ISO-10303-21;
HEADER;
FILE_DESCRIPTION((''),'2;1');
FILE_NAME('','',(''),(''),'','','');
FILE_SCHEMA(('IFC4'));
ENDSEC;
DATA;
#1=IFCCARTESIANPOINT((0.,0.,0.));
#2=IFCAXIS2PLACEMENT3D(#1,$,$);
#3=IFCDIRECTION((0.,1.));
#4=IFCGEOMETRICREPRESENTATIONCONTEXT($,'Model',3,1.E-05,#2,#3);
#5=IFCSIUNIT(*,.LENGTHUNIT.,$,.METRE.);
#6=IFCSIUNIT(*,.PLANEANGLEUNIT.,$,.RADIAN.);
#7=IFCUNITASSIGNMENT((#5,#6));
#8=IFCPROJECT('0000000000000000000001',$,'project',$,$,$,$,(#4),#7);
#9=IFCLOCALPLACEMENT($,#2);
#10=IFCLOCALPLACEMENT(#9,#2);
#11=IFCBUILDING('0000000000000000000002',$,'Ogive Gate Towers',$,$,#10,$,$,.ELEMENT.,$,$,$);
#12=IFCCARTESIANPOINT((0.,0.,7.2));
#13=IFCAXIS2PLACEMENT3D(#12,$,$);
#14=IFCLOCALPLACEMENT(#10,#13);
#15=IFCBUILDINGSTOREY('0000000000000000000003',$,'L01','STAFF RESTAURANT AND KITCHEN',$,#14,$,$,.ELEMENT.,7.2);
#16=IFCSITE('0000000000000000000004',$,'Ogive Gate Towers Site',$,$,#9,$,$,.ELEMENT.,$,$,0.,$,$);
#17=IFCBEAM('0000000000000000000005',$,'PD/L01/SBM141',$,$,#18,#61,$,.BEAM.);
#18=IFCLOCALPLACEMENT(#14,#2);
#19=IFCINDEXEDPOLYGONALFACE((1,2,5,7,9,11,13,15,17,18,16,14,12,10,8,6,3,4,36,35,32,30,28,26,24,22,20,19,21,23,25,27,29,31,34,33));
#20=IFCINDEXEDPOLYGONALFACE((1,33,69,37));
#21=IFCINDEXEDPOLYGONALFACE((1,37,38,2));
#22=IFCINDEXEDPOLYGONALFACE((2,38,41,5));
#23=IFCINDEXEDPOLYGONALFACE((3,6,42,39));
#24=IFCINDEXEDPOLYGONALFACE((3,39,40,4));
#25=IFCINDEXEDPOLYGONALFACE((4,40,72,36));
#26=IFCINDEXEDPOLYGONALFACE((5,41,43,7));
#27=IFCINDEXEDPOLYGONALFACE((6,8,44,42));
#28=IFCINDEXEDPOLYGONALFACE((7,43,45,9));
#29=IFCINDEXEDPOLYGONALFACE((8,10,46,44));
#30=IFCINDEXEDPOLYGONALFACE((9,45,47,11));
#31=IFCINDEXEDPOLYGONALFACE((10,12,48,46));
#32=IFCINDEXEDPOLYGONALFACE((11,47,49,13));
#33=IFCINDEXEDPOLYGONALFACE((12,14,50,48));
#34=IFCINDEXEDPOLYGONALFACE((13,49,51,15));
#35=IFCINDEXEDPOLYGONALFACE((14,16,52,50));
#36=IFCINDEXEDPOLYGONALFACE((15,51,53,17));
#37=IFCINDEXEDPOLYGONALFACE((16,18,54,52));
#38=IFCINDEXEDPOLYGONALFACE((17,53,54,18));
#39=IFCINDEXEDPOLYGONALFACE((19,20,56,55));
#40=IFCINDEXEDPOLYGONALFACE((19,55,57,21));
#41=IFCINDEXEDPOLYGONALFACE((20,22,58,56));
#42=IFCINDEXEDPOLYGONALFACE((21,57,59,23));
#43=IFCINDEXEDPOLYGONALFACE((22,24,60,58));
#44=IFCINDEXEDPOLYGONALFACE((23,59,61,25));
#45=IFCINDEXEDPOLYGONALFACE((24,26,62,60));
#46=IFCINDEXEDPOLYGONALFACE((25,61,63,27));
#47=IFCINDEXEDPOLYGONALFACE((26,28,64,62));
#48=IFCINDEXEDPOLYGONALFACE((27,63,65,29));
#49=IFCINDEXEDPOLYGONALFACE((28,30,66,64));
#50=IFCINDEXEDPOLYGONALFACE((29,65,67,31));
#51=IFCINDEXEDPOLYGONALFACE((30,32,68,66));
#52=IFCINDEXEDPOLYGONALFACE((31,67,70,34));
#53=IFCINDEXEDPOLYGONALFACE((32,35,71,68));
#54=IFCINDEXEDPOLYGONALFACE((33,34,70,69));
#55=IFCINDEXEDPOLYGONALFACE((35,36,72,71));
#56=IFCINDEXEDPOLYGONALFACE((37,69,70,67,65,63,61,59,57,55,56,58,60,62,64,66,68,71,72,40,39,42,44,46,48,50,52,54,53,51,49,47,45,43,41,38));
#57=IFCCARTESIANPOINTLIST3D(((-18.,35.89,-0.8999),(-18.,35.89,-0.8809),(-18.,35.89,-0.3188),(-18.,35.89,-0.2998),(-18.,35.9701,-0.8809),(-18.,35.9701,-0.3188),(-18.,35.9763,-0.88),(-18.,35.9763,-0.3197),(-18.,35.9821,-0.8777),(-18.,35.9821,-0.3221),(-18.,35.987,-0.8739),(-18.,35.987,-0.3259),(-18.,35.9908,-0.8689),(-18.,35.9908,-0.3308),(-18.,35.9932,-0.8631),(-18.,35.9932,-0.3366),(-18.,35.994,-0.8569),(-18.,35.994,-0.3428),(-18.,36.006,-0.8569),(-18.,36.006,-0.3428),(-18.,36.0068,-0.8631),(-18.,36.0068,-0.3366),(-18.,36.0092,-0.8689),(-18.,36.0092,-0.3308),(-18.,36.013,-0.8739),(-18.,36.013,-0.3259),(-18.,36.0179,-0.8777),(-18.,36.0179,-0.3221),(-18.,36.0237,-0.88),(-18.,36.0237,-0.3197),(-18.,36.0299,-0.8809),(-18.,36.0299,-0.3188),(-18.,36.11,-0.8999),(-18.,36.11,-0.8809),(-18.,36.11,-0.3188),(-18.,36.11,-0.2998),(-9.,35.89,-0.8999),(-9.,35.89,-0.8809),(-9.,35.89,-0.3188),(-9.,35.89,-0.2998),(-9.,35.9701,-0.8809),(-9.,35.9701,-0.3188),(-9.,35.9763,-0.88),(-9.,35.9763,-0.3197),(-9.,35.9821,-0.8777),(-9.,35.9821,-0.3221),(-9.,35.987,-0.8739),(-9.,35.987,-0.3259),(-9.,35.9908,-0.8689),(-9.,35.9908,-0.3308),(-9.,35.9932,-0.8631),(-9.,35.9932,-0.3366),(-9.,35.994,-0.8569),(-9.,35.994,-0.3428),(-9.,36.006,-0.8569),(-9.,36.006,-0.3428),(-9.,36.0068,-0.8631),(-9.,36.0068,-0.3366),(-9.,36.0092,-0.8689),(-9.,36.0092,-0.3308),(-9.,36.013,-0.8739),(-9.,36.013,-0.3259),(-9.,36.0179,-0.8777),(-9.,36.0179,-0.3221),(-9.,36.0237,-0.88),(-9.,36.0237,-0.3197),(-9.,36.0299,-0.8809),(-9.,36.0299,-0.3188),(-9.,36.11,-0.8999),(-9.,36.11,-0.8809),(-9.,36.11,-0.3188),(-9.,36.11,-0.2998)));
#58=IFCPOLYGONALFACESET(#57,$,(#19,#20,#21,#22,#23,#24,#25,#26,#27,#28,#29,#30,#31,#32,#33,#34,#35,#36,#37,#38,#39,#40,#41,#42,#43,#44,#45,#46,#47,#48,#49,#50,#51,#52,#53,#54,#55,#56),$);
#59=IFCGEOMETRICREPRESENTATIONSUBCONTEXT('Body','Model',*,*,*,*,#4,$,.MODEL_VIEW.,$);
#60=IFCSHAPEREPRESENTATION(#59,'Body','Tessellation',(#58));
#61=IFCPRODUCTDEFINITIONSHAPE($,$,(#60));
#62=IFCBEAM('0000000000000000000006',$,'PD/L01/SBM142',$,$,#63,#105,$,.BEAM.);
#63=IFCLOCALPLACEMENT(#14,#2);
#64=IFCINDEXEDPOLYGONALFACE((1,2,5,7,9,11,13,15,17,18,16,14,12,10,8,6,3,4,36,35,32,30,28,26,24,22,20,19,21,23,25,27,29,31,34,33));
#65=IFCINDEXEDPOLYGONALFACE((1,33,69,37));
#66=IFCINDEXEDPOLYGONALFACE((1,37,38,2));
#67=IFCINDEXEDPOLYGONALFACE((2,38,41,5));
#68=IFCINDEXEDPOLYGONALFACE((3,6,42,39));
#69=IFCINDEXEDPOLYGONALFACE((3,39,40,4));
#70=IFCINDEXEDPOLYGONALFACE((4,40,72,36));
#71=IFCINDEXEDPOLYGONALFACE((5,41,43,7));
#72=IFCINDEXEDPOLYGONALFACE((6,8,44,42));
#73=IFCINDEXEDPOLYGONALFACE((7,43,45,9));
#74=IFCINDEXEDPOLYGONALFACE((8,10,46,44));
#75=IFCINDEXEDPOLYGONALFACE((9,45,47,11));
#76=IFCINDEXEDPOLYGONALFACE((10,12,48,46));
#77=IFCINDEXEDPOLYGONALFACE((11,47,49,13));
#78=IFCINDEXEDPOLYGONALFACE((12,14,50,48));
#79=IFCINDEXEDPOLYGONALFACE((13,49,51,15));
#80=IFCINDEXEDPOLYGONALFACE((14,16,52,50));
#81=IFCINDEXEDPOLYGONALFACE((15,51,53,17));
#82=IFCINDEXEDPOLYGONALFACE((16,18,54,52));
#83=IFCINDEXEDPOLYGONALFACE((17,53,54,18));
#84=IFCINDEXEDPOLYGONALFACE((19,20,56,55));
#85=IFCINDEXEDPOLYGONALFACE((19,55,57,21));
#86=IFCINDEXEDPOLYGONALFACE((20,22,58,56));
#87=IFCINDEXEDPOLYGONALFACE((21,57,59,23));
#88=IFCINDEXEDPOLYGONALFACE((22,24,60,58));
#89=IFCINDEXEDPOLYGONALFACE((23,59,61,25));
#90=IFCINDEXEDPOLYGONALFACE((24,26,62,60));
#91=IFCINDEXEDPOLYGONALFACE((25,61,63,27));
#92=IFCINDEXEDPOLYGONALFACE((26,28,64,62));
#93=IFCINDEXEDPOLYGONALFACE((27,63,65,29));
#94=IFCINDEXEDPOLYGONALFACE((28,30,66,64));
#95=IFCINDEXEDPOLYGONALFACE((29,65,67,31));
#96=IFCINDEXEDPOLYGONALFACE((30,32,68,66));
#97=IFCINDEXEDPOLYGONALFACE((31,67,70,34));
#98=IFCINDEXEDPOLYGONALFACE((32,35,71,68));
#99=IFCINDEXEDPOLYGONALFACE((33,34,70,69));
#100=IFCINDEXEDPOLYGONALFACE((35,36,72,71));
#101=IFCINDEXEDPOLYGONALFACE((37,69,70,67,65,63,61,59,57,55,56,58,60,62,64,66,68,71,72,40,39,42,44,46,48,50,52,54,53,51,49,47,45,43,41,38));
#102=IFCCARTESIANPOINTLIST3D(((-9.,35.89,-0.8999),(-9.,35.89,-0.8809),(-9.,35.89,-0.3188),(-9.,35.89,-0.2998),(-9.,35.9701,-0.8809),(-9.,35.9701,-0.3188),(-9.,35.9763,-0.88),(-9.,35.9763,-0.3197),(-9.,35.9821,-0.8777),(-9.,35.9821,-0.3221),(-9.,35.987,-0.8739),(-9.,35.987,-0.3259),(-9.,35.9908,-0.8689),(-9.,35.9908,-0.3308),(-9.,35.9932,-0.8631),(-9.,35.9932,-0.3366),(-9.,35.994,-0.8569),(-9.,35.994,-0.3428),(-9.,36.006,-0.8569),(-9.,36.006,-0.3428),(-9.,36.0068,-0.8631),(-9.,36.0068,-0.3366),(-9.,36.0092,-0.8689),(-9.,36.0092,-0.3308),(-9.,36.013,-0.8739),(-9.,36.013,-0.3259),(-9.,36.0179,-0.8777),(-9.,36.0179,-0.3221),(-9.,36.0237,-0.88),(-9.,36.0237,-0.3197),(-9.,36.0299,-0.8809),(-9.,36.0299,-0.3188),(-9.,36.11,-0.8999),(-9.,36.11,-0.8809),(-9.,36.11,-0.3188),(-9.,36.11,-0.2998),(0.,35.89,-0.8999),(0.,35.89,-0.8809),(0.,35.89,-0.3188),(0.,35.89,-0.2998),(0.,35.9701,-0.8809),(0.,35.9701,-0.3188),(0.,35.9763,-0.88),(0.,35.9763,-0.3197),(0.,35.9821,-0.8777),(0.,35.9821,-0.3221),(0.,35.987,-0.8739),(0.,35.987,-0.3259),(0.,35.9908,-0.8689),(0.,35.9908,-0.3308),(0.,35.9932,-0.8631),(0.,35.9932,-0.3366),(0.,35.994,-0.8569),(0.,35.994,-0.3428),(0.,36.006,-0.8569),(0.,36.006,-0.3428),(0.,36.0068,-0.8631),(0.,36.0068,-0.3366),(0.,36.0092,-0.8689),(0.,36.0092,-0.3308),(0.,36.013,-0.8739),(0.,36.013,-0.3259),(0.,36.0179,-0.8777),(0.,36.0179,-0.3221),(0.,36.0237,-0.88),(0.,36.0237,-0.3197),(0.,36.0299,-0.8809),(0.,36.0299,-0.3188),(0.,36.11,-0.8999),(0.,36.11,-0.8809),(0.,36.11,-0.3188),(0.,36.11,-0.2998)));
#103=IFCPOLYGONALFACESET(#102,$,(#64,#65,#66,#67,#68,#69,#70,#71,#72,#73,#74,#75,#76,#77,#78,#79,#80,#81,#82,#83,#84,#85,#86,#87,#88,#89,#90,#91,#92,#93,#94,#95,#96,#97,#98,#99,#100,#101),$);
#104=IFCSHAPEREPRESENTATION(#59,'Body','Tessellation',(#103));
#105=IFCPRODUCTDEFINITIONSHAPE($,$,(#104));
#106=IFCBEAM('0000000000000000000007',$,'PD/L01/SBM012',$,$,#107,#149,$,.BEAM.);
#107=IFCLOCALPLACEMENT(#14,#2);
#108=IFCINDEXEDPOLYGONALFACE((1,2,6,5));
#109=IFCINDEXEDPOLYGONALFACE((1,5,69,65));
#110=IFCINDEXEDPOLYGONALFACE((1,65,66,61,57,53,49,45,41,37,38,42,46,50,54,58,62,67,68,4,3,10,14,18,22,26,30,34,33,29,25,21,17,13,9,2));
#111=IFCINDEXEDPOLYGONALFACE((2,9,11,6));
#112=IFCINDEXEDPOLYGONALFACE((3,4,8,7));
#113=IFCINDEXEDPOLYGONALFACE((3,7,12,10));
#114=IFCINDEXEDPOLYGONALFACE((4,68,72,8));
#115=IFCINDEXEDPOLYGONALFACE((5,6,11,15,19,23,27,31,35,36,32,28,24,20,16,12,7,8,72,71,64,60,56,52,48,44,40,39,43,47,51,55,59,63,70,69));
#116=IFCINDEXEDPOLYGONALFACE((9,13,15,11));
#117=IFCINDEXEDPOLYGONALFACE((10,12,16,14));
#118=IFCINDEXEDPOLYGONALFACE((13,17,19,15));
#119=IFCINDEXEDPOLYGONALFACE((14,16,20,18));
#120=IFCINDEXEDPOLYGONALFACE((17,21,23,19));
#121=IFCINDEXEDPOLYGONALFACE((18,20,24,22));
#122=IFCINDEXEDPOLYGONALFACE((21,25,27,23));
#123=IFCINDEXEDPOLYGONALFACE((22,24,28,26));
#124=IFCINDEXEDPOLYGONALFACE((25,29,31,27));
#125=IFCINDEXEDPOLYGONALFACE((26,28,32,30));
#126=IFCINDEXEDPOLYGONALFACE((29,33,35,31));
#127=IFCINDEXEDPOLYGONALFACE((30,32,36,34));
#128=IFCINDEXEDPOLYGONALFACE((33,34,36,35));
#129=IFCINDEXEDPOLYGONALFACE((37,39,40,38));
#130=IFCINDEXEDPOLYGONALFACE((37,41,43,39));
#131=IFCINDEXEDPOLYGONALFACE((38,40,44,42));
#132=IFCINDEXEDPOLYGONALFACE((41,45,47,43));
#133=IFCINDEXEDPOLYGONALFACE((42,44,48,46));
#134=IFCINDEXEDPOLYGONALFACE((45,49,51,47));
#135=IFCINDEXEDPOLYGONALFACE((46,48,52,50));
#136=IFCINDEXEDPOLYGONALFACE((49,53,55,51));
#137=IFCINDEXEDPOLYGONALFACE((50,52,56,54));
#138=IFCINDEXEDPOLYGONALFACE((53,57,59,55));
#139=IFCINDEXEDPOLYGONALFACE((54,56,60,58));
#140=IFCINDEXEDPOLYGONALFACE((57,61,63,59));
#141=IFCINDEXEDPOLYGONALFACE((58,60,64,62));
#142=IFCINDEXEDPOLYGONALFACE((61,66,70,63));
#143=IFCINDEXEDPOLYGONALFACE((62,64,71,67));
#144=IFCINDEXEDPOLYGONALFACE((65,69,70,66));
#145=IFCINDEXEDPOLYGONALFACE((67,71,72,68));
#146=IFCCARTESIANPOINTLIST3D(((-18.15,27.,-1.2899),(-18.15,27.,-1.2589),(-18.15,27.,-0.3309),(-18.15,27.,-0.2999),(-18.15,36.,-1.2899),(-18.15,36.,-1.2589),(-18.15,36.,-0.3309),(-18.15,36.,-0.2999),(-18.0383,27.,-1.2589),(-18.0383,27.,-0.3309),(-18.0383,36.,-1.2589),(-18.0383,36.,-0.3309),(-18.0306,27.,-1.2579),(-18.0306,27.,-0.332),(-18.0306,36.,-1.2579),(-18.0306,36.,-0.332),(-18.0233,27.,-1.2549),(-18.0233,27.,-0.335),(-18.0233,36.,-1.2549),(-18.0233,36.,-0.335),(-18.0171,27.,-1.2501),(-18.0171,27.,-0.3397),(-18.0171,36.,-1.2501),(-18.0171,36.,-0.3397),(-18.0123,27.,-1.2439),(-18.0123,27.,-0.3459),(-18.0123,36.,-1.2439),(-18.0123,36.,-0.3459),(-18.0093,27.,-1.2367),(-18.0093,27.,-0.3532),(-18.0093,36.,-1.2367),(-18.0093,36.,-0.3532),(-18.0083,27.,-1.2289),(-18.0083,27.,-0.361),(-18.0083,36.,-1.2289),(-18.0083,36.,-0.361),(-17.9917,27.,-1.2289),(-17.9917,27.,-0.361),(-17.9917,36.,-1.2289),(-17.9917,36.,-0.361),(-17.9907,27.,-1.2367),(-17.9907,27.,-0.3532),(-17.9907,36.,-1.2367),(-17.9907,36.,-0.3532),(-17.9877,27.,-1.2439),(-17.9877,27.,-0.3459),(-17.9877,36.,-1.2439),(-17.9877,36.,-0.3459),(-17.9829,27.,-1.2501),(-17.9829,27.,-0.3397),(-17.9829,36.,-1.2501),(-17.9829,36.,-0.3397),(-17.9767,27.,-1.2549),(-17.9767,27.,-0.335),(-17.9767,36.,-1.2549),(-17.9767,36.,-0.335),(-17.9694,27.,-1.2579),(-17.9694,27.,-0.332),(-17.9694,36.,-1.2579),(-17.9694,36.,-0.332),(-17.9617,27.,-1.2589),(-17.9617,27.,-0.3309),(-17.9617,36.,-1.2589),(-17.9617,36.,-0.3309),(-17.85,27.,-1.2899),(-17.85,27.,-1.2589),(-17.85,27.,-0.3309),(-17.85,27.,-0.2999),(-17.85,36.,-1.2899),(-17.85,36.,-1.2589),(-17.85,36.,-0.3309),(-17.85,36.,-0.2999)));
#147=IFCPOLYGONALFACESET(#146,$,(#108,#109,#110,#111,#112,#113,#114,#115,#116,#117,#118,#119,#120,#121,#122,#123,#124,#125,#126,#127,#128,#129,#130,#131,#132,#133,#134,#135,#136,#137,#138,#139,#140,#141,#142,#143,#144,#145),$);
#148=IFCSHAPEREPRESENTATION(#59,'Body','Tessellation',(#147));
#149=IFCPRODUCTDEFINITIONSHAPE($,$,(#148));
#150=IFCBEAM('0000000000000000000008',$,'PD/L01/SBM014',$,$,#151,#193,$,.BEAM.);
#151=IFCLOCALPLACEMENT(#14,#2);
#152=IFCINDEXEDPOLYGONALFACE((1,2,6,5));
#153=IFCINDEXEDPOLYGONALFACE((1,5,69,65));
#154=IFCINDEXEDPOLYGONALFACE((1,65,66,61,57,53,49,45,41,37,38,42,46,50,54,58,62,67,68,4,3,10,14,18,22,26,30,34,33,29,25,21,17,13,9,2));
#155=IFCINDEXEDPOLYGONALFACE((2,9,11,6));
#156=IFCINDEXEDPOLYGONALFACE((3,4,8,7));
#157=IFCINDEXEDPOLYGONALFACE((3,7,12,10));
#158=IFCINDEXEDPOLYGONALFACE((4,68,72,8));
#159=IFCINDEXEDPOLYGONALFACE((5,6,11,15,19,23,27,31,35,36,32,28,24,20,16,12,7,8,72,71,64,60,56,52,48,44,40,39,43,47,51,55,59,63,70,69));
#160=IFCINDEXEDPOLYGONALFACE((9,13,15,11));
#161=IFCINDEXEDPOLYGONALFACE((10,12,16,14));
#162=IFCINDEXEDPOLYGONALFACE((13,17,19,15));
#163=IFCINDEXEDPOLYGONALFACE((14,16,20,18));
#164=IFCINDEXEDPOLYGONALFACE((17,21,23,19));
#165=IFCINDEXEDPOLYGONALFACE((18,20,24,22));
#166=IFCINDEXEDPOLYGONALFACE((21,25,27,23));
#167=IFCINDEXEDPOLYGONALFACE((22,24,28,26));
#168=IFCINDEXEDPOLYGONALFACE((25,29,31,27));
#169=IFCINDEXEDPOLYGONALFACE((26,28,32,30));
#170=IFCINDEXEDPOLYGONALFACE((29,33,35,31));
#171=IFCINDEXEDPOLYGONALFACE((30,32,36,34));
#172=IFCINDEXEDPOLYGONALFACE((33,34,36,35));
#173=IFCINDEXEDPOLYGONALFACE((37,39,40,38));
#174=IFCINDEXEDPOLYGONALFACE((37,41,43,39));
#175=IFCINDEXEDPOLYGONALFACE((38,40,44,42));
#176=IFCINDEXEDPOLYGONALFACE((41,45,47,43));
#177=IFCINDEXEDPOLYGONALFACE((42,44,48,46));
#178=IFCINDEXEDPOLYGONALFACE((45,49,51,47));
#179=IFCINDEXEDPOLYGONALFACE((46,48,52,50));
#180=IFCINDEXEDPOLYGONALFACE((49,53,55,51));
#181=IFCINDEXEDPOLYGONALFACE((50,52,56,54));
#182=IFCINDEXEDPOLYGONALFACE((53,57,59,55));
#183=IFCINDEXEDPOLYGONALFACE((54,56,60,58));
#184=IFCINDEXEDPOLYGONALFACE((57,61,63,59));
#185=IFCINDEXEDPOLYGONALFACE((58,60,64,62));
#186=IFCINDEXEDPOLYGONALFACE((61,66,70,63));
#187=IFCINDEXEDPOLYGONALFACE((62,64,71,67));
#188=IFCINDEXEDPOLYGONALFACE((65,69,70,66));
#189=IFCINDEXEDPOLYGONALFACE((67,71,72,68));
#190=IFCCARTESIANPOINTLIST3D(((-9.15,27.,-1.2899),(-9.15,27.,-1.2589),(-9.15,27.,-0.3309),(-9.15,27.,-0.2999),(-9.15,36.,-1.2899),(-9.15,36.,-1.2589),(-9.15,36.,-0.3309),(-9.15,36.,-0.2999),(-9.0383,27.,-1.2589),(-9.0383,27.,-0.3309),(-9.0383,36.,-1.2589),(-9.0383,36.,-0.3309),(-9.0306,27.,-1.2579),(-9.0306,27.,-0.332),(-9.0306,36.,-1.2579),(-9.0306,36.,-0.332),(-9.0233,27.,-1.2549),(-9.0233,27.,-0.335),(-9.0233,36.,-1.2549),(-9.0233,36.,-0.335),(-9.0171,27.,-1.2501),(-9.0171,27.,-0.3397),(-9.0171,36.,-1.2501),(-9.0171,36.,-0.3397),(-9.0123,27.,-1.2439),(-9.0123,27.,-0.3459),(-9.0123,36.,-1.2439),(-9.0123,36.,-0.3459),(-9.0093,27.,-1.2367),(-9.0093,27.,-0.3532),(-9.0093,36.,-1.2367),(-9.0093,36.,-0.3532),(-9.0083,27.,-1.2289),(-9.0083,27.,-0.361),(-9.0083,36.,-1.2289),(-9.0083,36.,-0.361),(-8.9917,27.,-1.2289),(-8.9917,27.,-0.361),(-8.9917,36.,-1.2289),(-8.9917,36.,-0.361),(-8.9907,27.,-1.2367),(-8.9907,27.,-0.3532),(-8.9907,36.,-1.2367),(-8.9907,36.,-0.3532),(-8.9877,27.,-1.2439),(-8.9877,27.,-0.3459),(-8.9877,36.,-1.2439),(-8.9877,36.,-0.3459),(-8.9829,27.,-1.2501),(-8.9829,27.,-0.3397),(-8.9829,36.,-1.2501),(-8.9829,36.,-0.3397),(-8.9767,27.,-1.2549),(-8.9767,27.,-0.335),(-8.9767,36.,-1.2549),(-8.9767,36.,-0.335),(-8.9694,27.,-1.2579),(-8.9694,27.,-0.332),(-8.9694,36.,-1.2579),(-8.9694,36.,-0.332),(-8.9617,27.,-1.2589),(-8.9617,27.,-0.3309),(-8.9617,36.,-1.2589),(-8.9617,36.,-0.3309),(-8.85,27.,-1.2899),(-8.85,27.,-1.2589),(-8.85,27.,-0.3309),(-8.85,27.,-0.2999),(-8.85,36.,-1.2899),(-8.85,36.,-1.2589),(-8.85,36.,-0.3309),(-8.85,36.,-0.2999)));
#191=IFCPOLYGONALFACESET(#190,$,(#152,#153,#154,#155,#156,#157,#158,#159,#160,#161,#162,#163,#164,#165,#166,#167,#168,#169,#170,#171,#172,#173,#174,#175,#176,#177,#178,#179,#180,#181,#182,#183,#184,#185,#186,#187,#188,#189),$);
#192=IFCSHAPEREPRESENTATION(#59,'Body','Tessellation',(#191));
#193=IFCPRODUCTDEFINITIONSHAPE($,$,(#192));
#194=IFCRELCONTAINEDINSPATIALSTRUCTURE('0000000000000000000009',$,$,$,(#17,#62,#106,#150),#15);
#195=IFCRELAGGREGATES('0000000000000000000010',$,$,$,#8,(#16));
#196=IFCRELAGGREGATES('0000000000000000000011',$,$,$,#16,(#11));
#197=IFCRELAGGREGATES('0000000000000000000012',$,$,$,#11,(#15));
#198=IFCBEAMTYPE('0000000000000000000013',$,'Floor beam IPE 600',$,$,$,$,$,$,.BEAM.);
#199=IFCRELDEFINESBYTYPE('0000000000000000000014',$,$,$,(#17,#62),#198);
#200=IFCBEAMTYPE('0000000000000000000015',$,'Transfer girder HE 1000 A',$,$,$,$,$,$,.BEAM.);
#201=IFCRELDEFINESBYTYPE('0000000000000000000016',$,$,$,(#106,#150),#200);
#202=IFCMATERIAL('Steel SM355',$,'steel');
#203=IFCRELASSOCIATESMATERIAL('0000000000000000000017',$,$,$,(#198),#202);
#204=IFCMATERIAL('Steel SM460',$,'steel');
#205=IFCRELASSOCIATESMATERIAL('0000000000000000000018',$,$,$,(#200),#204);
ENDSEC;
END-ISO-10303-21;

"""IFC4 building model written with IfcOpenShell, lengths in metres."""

from ifc_helpers import new_model, si_unit, direction, frame, origin, origin_2d, place, context, subcontext, project, spatial, i_section, extrude, material, material_profile, profile_set, type_object, element, save


model = new_model("IFC4")

# Units and contexts
model_context = context("Model", 3, precision=1e-05, world=origin(), true_north=direction((0.0, 1.0)))
body_context = subcontext(model_context, "Body", "Model", "MODEL_VIEW")
ifc_project = project(units=[si_unit("LENGTHUNIT", "METRE"), si_unit("PLANEANGLEUNIT", "RADIAN")], contexts=[model_context])

# Site, building, storey
site_placement = place(None, origin())
site = spatial("IfcSite", under=ifc_project, at=site_placement, Name="Ogive Gate Towers Site", CompositionType="ELEMENT", RefElevation=0.0)
building_placement = place(site_placement, origin())
building = spatial("IfcBuilding", under=site, at=building_placement, Name="Ogive Gate Towers", CompositionType="ELEMENT")
storey_placement = place(building_placement, frame((0.0, 0.0, 7.2)))
storey = spatial("IfcBuildingStorey", under=building, at=storey_placement, Name="L01", Description="STAFF RESTAURANT AND KITCHEN", CompositionType="ELEMENT", Elevation=7.2)

# Beams
ifc_material_1 = material(Name="Steel SM355", Category="steel")
ifc_material_profile_1 = material_profile(ifc_material_1, i_section(OverallWidth=0.22, OverallDepth=0.6001, WebThickness=0.012, FlangeThickness=0.019, FilletRadius=0.0239, at=origin_2d()), Name="IPE 600")
ifc_profile_set_1 = profile_set([ifc_material_profile_1], Name="Steel SM355")
beam_type_1 = type_object("IfcBeamType", Name="Floor beam IPE 600", PredefinedType="BEAM", material=ifc_profile_set_1)
for number, where, z_axis, x_axis, name in (
    (1, (-18.0, 36.0, -0.5999), (1.0, 0.0, 0.0), (0.0, 1.0, 0.0), "PD/L01/SBM141"),
    (2, (-9.0, 36.0, -0.5999), (1.0, 0.0, 0.0), (0.0, 1.0, 0.0), "PD/L01/SBM142"),
):
    element("IfcBeam", number, at=place(storey_placement, frame(where, z_axis=z_axis, x_axis=x_axis)), inside=storey, type_object=beam_type_1, Name=name, PredefinedType="BEAM", context=body_context, shape_type="SweptSolid", body=[
        extrude(i_section(OverallWidth=0.22, OverallDepth=0.6001, WebThickness=0.012, FlangeThickness=0.019, FilletRadius=0.0239, at=origin_2d()), origin(), (0.0, 0.0, 1.0), 9.0),
    ])
ifc_material_2 = material(Name="Steel SM460", Category="steel")
ifc_material_profile_2 = material_profile(ifc_material_2, i_section(OverallWidth=0.3, OverallDepth=0.99, WebThickness=0.0166, FlangeThickness=0.031, FilletRadius=0.03, at=origin_2d()), Name="HE 1000 A")
ifc_profile_set_2 = profile_set([ifc_material_profile_2], Name="Steel SM460")
beam_type_2 = type_object("IfcBeamType", Name="Transfer girder HE 1000 A", PredefinedType="BEAM", material=ifc_profile_set_2)
for number, where, z_axis, x_axis, name in (
    (3, (-18.0, 27.0, -0.7949), (0.0, 1.0, 0.0), (-1.0, 0.0, 0.0), "PD/L01/SBM012"),
    (4, (-9.0, 27.0, -0.7949), (0.0, 1.0, 0.0), (-1.0, 0.0, 0.0), "PD/L01/SBM014"),
):
    element("IfcBeam", number, at=place(storey_placement, frame(where, z_axis=z_axis, x_axis=x_axis)), inside=storey, type_object=beam_type_2, Name=name, PredefinedType="BEAM", context=body_context, shape_type="SweptSolid", body=[
        extrude(i_section(OverallWidth=0.3, OverallDepth=0.99, WebThickness=0.0166, FlangeThickness=0.031, FilletRadius=0.03, at=origin_2d()), origin(), (0.0, 0.0, 1.0), 9.0),
    ])

save(model, "model.ifc")
